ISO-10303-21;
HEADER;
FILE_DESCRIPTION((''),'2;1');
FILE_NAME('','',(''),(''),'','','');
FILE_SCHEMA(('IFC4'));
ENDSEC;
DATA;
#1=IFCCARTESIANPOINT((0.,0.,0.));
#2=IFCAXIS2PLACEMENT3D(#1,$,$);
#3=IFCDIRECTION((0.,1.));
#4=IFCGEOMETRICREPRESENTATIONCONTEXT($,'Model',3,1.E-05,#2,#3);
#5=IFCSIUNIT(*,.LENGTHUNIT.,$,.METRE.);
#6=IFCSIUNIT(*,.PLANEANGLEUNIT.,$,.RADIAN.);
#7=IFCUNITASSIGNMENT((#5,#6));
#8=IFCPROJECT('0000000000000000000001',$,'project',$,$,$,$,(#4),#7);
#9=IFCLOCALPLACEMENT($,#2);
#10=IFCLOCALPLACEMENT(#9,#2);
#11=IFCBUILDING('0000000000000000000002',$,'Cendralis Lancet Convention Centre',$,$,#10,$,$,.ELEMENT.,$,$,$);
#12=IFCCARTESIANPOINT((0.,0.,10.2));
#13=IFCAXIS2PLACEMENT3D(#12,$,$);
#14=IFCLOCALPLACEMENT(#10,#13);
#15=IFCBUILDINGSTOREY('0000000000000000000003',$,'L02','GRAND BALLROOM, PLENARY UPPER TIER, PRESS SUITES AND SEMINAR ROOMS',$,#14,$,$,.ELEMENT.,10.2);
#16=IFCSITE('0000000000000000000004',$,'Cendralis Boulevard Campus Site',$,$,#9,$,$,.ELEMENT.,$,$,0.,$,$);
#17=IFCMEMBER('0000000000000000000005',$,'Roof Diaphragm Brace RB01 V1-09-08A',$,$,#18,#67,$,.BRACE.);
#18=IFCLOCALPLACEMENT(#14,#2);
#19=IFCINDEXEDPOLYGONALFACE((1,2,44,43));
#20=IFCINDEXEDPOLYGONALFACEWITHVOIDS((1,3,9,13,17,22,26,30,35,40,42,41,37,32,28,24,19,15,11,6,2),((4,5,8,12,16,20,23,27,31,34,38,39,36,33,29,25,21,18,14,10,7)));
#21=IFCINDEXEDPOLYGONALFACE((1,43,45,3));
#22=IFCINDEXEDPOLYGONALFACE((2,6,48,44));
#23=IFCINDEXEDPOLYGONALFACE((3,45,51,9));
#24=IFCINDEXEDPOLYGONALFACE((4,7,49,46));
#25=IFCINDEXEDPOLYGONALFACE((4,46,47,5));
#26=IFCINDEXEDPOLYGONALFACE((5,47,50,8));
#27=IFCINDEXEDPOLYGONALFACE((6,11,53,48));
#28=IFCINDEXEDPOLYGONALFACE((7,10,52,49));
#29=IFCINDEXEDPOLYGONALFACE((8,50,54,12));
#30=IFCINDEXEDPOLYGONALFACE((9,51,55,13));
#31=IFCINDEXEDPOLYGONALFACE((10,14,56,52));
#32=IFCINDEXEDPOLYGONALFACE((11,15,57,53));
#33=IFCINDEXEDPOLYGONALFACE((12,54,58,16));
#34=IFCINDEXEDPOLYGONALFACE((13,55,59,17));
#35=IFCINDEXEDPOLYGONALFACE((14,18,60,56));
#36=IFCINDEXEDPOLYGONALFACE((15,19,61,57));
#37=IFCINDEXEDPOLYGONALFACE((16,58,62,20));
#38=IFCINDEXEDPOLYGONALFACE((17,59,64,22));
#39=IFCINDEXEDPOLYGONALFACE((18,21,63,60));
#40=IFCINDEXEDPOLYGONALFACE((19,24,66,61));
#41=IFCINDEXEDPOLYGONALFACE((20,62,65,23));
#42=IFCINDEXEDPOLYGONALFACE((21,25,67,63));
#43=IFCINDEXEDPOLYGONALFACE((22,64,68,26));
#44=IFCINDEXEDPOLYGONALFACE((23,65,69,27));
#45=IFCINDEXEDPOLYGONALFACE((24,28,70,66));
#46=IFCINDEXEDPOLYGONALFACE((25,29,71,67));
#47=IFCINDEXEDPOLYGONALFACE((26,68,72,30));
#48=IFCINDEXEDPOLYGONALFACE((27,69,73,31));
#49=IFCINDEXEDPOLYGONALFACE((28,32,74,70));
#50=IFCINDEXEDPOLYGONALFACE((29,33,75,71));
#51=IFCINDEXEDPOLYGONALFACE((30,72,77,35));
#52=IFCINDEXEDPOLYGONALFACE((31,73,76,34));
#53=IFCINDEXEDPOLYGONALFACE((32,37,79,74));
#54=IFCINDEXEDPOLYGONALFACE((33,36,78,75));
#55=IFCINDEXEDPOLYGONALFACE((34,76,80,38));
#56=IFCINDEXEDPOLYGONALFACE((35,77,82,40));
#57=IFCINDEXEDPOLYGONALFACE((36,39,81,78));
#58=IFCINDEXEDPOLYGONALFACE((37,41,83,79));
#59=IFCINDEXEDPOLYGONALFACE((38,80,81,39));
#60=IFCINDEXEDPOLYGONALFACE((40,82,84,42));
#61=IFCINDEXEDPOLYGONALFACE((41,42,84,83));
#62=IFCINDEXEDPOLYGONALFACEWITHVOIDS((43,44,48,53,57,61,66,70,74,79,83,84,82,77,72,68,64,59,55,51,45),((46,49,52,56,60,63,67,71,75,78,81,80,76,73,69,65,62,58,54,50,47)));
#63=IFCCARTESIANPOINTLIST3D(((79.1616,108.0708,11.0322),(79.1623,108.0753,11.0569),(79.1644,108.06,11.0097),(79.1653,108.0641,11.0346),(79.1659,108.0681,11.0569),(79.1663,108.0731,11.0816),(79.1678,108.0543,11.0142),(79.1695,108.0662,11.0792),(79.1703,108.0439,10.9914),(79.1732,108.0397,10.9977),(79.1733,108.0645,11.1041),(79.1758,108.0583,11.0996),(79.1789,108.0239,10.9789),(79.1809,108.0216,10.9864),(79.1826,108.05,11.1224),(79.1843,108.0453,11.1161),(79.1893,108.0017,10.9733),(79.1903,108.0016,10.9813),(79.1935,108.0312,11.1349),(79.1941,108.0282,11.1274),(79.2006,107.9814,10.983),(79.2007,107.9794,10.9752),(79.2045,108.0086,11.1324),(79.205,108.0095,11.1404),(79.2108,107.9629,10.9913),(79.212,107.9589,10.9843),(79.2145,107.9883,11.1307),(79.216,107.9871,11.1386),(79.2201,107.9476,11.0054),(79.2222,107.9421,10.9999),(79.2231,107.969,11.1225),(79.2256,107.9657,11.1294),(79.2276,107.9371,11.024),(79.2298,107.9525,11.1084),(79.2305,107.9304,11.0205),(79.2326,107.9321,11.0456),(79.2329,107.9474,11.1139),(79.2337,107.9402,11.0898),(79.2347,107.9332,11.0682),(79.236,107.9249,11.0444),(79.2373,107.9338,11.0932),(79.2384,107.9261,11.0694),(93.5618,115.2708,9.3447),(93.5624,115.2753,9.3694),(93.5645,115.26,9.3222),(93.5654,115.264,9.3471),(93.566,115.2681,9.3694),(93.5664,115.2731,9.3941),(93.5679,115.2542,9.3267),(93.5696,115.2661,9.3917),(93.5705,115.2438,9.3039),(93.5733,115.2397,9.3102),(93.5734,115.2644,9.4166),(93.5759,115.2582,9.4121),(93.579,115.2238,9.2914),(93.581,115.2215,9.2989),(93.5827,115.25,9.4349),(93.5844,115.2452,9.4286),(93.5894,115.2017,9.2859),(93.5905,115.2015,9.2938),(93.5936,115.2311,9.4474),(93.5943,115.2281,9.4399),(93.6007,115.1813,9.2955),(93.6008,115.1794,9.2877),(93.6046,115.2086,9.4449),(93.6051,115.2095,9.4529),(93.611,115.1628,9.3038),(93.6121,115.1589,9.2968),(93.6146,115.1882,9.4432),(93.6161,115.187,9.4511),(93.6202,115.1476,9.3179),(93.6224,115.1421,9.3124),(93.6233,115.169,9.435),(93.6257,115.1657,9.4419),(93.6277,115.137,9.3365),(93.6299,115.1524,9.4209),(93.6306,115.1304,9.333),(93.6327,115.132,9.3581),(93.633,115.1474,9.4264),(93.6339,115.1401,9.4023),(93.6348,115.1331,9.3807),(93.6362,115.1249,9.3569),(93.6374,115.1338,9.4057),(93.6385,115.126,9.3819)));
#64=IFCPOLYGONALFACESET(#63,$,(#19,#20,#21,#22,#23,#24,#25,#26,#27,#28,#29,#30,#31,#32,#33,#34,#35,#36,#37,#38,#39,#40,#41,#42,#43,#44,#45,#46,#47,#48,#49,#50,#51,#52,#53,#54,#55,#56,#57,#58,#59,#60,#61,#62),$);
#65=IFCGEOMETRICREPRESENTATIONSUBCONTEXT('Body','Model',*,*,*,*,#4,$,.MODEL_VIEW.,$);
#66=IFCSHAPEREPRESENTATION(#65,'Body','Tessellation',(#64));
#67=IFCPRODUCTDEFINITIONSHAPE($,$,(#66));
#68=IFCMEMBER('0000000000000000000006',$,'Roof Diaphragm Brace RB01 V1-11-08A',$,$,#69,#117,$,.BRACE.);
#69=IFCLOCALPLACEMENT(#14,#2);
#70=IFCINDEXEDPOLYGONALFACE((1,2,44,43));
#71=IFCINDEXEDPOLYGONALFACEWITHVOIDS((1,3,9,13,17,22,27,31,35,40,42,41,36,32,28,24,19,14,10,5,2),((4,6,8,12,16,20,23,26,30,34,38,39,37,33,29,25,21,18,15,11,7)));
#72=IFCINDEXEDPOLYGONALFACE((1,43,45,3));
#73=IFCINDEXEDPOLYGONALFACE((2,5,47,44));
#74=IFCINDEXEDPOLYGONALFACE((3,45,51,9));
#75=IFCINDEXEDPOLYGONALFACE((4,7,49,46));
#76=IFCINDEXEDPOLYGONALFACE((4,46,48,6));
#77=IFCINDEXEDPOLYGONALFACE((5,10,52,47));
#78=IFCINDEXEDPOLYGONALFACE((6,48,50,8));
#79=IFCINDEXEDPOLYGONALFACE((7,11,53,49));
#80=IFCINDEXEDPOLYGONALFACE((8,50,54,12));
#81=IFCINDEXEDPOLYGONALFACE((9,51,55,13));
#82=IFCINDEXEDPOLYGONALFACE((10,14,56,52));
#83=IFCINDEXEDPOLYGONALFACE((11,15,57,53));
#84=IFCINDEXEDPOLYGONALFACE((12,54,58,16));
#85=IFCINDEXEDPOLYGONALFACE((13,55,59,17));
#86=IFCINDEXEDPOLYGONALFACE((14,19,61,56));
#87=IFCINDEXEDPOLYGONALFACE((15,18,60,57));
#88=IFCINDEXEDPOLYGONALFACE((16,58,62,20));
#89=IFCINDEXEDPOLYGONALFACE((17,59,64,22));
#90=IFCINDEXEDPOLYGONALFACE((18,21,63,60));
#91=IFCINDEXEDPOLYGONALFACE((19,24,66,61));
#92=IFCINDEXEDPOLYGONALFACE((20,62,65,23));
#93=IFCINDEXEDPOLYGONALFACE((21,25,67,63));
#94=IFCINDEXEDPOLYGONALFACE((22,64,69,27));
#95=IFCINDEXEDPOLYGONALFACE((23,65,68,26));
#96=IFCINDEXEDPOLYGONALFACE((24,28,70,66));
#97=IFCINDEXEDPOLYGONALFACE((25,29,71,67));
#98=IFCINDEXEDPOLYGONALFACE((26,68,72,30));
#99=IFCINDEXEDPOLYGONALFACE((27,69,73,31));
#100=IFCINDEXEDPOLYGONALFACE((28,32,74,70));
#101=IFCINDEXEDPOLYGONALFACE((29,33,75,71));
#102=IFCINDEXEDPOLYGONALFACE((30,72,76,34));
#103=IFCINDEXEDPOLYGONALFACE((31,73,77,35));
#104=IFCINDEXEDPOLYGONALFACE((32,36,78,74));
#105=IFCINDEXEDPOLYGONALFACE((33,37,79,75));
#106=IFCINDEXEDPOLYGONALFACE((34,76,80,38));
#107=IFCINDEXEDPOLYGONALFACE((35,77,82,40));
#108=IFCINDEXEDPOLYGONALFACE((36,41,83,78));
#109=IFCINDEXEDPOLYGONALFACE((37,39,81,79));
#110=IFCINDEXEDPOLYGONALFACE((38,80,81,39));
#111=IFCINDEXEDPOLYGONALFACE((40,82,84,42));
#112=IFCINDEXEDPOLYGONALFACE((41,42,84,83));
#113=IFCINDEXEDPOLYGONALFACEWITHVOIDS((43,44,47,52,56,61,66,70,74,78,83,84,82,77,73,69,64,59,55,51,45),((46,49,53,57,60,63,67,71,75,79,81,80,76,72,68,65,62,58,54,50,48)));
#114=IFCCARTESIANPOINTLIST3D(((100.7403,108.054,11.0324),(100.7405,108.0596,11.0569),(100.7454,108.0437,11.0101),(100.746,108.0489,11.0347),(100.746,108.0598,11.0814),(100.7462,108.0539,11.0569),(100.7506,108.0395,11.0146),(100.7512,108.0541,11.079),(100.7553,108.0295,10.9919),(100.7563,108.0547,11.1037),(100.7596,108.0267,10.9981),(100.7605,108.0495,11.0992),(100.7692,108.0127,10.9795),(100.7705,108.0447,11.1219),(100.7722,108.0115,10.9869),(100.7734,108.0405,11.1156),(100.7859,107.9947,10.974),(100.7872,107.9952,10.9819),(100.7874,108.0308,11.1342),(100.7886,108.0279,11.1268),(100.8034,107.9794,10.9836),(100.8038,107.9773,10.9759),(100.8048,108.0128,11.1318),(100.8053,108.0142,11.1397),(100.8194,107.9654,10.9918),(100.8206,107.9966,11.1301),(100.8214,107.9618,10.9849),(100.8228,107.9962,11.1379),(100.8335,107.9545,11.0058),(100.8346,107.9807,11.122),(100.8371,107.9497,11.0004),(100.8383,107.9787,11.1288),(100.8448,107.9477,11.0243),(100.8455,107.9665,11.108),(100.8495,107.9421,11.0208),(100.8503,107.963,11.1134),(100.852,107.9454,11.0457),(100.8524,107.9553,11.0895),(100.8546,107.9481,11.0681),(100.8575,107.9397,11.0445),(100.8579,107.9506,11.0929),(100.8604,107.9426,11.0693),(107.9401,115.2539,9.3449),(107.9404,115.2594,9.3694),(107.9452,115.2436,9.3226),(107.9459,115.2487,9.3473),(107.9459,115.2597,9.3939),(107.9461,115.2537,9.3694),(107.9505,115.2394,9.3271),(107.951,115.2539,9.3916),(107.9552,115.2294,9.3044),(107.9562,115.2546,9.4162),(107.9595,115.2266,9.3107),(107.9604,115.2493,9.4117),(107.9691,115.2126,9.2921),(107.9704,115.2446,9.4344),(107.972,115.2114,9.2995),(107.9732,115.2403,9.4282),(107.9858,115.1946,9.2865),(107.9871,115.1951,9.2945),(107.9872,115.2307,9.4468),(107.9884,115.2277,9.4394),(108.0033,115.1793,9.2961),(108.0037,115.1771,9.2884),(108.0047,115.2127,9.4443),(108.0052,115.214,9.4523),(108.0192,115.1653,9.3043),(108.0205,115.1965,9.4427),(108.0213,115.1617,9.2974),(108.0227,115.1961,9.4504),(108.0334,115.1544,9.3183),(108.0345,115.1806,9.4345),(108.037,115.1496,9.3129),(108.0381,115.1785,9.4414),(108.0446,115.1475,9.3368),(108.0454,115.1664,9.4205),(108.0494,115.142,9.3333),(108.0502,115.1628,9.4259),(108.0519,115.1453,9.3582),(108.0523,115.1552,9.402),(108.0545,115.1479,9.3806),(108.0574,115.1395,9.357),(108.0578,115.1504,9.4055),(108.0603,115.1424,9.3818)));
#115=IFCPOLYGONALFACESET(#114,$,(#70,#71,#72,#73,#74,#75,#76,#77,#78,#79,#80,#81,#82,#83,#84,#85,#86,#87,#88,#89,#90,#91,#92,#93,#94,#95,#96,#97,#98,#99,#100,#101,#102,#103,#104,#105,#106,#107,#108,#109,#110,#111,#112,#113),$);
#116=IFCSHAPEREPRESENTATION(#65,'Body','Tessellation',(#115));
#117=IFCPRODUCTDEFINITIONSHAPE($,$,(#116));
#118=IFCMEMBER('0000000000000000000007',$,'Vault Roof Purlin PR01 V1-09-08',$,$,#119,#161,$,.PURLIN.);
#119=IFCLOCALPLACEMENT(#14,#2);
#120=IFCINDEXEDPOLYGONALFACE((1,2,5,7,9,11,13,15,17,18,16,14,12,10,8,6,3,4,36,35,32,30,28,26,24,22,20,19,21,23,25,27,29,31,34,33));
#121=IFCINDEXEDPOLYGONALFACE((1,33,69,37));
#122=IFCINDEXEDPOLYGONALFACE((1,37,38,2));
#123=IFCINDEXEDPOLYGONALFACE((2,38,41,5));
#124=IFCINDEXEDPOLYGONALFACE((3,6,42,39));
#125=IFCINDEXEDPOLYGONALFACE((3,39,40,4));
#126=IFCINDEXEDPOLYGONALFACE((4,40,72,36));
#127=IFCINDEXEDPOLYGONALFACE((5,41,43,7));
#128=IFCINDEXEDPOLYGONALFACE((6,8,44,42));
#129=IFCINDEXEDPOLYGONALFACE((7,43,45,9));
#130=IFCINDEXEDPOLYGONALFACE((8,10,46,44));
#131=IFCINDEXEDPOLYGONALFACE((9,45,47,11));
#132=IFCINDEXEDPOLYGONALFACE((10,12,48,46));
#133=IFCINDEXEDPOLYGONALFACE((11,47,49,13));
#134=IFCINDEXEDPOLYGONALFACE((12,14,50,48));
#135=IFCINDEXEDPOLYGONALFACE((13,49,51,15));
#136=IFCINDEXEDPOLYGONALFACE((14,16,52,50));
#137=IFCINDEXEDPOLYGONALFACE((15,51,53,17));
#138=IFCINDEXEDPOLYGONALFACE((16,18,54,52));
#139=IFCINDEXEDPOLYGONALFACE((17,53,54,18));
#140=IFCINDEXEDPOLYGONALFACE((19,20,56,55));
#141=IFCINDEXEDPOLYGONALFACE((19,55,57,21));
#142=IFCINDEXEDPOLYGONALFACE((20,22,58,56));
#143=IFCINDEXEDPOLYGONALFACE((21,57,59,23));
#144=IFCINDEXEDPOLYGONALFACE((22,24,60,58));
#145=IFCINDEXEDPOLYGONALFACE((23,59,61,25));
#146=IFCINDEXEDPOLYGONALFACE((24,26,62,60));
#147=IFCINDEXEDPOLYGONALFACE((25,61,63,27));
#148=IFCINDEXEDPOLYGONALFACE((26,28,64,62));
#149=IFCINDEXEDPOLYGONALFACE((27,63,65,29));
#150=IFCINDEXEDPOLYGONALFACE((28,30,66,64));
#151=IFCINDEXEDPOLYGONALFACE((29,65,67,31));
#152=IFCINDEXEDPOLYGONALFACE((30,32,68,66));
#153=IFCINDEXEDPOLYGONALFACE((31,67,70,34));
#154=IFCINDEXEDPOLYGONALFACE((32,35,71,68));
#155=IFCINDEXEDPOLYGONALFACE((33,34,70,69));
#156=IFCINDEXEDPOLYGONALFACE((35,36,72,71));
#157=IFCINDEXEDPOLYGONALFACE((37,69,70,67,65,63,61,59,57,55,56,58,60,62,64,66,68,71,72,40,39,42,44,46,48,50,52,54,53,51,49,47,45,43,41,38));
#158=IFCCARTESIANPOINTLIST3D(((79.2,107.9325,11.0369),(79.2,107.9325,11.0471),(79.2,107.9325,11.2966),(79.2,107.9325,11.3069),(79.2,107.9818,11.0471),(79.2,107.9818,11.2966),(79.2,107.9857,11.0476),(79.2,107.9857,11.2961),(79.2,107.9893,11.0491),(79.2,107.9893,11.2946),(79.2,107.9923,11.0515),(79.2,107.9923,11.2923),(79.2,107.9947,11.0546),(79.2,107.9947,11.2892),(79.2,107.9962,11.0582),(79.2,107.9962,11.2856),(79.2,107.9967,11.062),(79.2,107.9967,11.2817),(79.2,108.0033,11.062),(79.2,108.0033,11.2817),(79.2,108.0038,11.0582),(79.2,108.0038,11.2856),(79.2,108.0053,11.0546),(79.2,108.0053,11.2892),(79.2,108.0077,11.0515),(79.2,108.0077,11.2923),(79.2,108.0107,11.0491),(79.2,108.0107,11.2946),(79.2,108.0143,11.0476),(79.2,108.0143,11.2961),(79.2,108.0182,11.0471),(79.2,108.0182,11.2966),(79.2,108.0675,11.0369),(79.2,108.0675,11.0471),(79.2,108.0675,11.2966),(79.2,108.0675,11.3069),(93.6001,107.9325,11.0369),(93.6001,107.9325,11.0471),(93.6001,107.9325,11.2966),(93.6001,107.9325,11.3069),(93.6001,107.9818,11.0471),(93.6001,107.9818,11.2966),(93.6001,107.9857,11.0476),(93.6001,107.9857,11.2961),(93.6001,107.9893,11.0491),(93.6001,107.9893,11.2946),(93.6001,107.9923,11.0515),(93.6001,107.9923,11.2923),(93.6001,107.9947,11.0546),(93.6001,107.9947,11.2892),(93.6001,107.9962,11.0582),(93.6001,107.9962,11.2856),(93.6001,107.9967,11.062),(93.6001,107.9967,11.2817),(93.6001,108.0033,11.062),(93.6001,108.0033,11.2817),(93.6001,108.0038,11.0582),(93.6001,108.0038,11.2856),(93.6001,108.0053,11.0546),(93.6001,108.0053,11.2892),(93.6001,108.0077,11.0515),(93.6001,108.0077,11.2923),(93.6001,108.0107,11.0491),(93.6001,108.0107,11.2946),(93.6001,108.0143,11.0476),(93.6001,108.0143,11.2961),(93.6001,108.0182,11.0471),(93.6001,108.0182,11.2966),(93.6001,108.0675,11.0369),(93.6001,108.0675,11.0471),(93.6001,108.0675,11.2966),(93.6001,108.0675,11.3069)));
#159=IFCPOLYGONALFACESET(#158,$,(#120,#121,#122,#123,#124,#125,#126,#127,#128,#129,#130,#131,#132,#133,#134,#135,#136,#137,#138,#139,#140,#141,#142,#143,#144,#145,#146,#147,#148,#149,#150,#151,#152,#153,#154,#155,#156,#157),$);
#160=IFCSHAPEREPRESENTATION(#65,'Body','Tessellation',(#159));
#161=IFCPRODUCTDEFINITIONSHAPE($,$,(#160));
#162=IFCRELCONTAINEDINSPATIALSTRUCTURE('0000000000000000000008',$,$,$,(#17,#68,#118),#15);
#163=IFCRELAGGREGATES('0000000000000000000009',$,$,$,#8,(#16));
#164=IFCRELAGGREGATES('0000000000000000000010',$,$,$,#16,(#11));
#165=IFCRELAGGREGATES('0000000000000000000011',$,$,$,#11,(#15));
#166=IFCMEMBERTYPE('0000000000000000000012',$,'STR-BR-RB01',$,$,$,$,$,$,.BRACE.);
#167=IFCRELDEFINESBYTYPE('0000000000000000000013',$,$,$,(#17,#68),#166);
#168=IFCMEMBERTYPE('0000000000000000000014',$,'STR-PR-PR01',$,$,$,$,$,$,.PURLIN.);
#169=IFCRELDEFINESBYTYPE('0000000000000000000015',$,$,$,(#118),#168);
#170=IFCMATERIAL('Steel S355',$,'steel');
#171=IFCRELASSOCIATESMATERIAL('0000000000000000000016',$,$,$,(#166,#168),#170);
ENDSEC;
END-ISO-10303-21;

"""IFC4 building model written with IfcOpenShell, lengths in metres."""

from ifc_helpers import new_model, si_unit, direction, frame, origin, origin_2d, place, context, subcontext, project, spatial, hollow_circle, i_section, extrude, material, material_profile, profile_set, type_object, element, save


model = new_model("IFC4")

# Units and contexts
model_context = context("Model", 3, precision=1e-05, world=origin(), true_north=direction((0.0, 1.0)))
body_context = subcontext(model_context, "Body", "Model", "MODEL_VIEW")
ifc_project = project(units=[si_unit("LENGTHUNIT", "METRE"), si_unit("PLANEANGLEUNIT", "RADIAN")], contexts=[model_context])

# Site, building, storey
site_placement = place(None, origin())
site = spatial("IfcSite", under=ifc_project, at=site_placement, Name="Cendralis Boulevard Campus Site", CompositionType="ELEMENT", RefElevation=0.0)
building_placement = place(site_placement, origin())
building = spatial("IfcBuilding", under=site, at=building_placement, Name="Cendralis Lancet Convention Centre", CompositionType="ELEMENT")
storey_placement = place(building_placement, frame((0.0, 0.0, 10.2)))
storey = spatial("IfcBuildingStorey", under=building, at=storey_placement, Name="L02", Description="GRAND BALLROOM, PLENARY UPPER TIER, PRESS SUITES AND SEMINAR ROOMS", CompositionType="ELEMENT", Elevation=10.2)

# Members
ifc_material = material(Name="Steel S355", Category="steel")
ifc_material_profile_1 = material_profile(ifc_material, hollow_circle(Radius=0.0842, WallThickness=0.0081, at=origin_2d()), Name="CHS 168.3x8.0")
ifc_profile_set_1 = profile_set([ifc_material_profile_1], Name="Steel S355")
member_type_1 = type_object("IfcMemberType", Name="STR-BR-RB01", PredefinedType="BRACE", material=ifc_profile_set_1)
member_1_placement = place(storey_placement, frame((79.2, 108.0, 11.0569), z_axis=(0.889557, 0.444771, -0.104244), x_axis=(-0.447208, 0.89443, 0.0)))
element("IfcMember", 1, at=member_1_placement, inside=storey, type_object=member_type_1, Name="Roof Diaphragm Brace RB01 V1-09-08A", PredefinedType="BRACE", context=body_context, shape_type="SweptSolid", body=[
    extrude(hollow_circle(Radius=0.0842, WallThickness=0.0081, at=origin_2d()), origin(), (0.0, 0.0, 1.0), 16.188),
])
member_2_placement = place(storey_placement, frame((100.8, 108.0, 11.0569), z_axis=(0.697592, 0.697592, -0.163499), x_axis=(-0.707107, 0.707107, 0.0)))
element("IfcMember", 2, at=member_2_placement, inside=storey, type_object=member_type_1, Name="Roof Diaphragm Brace RB01 V1-11-08A", PredefinedType="BRACE", context=body_context, shape_type="SweptSolid", body=[
    extrude(hollow_circle(Radius=0.0842, WallThickness=0.0081, at=origin_2d()), origin(), (0.0, 0.0, 1.0), 10.321),
])
ifc_material_profile_2 = material_profile(ifc_material, i_section(OverallWidth=0.135, OverallDepth=0.27, WebThickness=0.0066, FlangeThickness=0.0103, FilletRadius=0.0149, at=origin_2d()), Name="IPE 270")
ifc_profile_set_2 = profile_set([ifc_material_profile_2], Name="Steel S355")
member_type_2 = type_object("IfcMemberType", Name="STR-PR-PR01", PredefinedType="PURLIN", material=ifc_profile_set_2)
for number, where, z_axis, x_axis, name in (
    (3, (79.2, 108.0, 11.1719), (1.0, 0.0, 0.0), (0.0, 1.0, 0.0), "Vault Roof Purlin PR01 V1-09-08"),
):
    element("IfcMember", number, at=place(storey_placement, frame(where, z_axis=z_axis, x_axis=x_axis)), inside=storey, type_object=member_type_2, Name=name, PredefinedType="PURLIN", context=body_context, shape_type="SweptSolid", body=[
        extrude(i_section(OverallWidth=0.135, OverallDepth=0.27, WebThickness=0.0066, FlangeThickness=0.0103, FilletRadius=0.0149, at=origin_2d()), origin(), (0.0, 0.0, 1.0), 14.4001),
    ])

save(model, "model.ifc")
